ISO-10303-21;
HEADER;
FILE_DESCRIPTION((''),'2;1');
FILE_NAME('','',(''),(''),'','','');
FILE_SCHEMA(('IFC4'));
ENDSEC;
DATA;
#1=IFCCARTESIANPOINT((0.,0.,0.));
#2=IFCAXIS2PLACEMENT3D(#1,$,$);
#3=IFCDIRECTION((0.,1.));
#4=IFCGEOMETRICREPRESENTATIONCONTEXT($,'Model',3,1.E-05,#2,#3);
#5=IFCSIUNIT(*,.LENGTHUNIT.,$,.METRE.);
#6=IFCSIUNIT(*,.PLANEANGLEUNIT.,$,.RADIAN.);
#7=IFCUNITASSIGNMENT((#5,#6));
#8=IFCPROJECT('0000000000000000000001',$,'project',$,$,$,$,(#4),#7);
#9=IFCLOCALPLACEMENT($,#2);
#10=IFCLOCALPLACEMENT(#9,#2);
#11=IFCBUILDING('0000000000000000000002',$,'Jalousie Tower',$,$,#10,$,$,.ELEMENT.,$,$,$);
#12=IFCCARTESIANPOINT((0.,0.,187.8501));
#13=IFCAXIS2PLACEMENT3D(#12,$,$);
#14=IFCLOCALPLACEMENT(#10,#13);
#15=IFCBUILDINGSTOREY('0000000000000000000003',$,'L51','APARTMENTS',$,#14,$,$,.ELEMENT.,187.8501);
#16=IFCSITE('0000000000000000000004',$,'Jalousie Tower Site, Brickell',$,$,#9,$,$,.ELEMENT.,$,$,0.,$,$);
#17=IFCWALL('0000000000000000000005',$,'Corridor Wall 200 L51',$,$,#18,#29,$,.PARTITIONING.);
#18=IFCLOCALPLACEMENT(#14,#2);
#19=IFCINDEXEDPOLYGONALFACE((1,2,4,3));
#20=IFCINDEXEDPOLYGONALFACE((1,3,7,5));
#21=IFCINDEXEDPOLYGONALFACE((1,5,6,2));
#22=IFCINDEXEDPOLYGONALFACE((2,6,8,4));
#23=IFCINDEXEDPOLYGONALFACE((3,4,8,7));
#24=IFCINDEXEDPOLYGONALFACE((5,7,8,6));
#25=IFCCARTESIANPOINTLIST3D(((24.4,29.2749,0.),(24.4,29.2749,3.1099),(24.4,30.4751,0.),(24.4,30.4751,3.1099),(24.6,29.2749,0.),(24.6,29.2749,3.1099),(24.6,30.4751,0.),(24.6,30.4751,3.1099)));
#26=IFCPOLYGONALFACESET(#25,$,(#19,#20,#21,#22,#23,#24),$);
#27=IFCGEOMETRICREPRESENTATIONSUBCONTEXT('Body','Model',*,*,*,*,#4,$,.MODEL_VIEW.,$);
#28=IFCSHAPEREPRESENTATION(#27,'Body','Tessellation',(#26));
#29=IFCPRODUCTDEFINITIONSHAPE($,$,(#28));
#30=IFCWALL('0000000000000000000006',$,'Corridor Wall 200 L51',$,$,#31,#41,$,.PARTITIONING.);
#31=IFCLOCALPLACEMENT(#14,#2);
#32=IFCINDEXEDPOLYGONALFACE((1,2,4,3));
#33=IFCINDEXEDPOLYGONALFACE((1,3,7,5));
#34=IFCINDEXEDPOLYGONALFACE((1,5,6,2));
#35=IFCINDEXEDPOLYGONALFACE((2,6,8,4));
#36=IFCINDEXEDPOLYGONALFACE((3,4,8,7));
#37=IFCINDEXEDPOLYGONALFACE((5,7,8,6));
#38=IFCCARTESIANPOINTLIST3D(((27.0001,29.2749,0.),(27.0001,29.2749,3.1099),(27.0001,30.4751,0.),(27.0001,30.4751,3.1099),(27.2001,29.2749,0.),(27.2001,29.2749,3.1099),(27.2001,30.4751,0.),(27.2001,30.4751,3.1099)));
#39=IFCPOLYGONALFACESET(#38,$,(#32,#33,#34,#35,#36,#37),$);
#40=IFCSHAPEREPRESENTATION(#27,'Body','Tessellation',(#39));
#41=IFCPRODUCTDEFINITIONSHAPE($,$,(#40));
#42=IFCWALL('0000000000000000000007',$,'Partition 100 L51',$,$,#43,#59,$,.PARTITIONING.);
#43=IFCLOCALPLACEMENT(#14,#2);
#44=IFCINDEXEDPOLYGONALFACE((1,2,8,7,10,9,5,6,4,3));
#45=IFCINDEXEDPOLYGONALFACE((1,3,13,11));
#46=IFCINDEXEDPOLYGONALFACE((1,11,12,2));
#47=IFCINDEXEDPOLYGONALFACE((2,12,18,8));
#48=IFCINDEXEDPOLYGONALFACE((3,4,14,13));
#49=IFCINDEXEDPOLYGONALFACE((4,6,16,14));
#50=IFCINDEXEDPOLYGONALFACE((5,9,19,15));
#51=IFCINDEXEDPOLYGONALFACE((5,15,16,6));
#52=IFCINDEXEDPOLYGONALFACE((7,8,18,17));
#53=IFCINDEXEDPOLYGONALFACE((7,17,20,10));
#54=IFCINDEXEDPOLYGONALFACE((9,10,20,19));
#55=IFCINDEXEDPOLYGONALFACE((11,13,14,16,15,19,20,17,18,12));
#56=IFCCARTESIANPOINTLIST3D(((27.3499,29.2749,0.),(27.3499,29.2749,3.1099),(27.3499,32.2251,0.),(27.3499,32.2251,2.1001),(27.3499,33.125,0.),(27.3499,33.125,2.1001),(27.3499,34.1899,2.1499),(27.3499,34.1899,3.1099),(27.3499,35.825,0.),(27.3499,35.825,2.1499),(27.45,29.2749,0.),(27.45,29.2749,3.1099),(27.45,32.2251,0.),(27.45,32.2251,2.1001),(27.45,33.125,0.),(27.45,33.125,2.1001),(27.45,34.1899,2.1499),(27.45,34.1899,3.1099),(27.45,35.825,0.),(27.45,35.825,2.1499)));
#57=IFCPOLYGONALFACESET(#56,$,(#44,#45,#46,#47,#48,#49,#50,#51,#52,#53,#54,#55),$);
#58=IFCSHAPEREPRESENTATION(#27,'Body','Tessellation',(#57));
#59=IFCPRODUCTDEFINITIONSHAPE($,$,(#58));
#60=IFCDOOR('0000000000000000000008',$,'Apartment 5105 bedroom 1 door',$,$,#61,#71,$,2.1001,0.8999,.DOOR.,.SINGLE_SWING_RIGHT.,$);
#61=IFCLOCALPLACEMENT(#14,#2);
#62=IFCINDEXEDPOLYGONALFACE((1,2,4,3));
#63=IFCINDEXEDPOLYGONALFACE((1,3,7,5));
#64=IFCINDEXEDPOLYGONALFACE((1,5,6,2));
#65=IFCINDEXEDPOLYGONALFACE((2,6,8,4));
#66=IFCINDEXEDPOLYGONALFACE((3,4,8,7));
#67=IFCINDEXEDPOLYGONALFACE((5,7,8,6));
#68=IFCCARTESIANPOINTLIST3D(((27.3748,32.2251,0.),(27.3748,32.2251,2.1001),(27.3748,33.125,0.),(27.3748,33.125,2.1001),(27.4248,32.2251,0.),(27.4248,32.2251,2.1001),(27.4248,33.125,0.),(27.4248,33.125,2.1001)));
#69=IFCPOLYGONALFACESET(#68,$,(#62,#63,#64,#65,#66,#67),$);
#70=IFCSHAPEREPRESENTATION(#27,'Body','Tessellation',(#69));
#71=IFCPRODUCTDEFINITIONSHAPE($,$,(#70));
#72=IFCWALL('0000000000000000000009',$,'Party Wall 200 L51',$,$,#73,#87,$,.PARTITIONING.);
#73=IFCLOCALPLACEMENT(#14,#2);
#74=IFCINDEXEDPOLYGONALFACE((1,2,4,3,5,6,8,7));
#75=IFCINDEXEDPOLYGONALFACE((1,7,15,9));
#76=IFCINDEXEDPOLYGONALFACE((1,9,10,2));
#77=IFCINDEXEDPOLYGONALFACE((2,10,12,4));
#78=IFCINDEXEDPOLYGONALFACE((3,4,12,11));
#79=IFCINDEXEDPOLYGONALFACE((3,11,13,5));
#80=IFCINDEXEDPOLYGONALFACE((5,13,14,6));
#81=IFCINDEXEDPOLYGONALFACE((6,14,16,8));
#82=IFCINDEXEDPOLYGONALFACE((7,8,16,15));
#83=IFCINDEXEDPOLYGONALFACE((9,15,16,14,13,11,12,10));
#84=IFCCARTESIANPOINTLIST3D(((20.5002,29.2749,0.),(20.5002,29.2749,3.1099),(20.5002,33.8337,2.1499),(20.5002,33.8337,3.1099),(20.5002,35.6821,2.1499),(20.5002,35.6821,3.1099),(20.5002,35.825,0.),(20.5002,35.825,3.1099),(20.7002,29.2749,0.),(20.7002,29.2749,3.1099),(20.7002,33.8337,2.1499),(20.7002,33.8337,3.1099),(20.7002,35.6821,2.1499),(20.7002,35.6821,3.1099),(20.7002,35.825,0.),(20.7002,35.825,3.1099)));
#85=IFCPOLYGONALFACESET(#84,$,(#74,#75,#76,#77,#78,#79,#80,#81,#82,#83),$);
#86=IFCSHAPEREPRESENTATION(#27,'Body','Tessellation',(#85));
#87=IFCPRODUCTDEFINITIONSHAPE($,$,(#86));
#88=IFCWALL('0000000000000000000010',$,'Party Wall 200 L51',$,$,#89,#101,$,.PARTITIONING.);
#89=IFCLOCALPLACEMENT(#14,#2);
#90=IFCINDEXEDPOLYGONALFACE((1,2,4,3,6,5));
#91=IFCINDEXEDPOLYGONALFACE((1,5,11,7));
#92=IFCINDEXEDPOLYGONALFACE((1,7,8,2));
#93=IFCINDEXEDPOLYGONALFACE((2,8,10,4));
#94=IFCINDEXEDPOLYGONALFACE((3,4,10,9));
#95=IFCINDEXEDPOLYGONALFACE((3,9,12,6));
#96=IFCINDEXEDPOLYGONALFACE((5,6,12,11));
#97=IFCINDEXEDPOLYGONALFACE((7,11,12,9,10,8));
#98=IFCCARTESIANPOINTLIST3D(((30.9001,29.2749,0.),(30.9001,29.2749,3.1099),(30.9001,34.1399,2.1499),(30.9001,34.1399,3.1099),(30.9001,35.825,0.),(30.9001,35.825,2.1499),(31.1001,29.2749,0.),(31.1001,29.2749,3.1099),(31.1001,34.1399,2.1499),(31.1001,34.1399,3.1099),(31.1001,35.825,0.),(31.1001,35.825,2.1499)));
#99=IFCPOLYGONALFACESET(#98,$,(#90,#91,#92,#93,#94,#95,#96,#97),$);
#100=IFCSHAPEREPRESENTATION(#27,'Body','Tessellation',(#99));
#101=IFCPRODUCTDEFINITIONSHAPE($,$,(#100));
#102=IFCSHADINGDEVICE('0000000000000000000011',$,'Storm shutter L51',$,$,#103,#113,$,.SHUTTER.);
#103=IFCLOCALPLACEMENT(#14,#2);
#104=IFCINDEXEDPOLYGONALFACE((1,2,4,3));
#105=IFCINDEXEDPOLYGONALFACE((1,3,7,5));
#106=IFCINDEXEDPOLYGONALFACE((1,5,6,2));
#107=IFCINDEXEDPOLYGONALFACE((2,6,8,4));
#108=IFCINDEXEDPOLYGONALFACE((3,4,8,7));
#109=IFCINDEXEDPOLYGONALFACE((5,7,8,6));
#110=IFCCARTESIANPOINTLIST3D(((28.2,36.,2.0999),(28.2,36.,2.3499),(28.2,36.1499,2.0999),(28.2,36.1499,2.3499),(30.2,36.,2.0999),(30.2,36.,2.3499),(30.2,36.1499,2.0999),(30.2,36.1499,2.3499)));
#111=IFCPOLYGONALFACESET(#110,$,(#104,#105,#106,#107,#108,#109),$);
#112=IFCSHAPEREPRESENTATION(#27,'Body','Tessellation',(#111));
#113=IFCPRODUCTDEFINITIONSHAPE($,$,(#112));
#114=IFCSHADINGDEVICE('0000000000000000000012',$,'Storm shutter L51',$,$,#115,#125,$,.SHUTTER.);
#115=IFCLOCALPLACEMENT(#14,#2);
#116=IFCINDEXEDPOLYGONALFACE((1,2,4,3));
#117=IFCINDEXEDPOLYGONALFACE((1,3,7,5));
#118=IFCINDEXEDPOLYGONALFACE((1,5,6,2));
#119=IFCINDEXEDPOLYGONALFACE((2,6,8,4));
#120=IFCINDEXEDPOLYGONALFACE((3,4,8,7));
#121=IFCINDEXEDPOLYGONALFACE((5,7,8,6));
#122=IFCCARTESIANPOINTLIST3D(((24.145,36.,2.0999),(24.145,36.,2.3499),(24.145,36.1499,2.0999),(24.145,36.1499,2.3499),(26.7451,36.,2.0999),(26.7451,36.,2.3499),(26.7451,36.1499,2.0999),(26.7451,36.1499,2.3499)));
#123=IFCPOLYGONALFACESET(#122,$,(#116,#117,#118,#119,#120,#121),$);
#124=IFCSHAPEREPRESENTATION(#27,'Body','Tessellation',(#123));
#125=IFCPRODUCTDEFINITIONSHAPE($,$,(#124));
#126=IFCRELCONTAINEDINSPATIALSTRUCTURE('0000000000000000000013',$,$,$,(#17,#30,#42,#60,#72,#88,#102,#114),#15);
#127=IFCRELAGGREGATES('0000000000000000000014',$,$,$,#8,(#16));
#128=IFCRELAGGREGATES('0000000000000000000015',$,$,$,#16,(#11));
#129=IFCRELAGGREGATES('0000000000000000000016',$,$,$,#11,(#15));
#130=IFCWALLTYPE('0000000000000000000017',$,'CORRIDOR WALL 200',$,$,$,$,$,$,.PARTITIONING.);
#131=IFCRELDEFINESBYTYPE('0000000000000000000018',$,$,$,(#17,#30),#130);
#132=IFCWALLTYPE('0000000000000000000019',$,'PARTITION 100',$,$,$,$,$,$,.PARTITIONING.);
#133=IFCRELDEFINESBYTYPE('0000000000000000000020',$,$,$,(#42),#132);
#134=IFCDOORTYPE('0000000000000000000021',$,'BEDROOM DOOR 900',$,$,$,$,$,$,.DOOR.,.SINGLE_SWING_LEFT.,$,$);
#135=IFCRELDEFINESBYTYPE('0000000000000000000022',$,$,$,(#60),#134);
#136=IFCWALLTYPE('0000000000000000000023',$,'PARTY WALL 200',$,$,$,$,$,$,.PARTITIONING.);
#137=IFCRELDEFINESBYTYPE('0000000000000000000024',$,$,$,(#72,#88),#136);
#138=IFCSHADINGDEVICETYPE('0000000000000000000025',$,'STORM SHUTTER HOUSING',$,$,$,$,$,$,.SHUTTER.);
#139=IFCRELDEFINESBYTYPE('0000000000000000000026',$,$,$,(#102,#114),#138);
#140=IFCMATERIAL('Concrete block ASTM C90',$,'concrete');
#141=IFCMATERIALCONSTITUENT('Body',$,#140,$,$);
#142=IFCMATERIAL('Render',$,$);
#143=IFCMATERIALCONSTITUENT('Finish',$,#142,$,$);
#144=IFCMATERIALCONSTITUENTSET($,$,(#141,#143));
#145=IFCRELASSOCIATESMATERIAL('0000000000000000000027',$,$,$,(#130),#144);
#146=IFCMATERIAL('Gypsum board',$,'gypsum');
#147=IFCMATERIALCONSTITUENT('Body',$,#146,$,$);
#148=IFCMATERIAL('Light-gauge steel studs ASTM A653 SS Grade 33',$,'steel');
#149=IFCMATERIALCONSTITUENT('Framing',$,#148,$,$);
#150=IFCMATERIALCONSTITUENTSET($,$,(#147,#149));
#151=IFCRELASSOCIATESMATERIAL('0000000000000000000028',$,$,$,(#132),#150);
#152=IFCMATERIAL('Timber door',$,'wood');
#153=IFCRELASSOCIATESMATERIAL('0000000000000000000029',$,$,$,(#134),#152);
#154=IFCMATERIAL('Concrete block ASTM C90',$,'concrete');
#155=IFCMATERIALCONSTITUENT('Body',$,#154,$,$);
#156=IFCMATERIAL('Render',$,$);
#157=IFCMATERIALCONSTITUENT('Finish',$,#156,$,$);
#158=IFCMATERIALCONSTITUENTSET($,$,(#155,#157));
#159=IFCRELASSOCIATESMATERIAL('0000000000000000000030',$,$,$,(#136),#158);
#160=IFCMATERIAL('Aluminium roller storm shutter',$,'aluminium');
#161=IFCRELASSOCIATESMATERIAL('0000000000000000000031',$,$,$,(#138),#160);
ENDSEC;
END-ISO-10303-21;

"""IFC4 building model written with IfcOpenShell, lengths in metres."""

from ifc_helpers import new_model, si_unit, direction, frame, frame_2d, origin, origin_2d, place, context, subcontext, project, spatial, polyline, rectangle, outline, extrude, material, constituent, constituent_set, type_object, element, fill, save


model = new_model("IFC4")

# Units and contexts
model_context = context("Model", 3, precision=1e-05, world=origin(), true_north=direction((0.0, 1.0)))
body_context = subcontext(model_context, "Body", "Model", "MODEL_VIEW")
ifc_project = project(units=[si_unit("LENGTHUNIT", "METRE"), si_unit("PLANEANGLEUNIT", "RADIAN")], contexts=[model_context])

# Site, building, storey
site_placement = place(None, origin())
site = spatial("IfcSite", under=ifc_project, at=site_placement, Name="Jalousie Tower Site, Brickell", CompositionType="ELEMENT", RefElevation=0.0)
building_placement = place(site_placement, origin())
building = spatial("IfcBuilding", under=site, at=building_placement, Name="Jalousie Tower", CompositionType="ELEMENT")
storey_placement = place(building_placement, frame((0.0, 0.0, 187.8501)))
storey = spatial("IfcBuildingStorey", under=building, at=storey_placement, Name="L51", Description="APARTMENTS", CompositionType="ELEMENT", Elevation=187.8501)

# Shared definitions
ifc_material_1 = material(Name="Concrete block ASTM C90", Category="concrete")
ifc_constituent_1 = constituent(ifc_material_1, Name="Body")
ifc_material_2 = material(Name="Render")
ifc_constituent_2 = constituent(ifc_material_2, Name="Finish")
ifc_constituent_set_1 = constituent_set(constituents=[ifc_constituent_1, ifc_constituent_2])
wall_type_1 = type_object("IfcWallType", Name="CORRIDOR WALL 200", PredefinedType="PARTITIONING", material=ifc_constituent_set_1)

# Walls
for number, where, z_axis, x_axis, name in (
    (1, (24.5, 29.2749, 0.0), (0.0, 0.0, 1.0), (0.0, 1.0, 0.0), "Corridor Wall 200 L51"),
    (2, (27.1001, 29.2749, 0.0), (0.0, 0.0, 1.0), (0.0, 1.0, 0.0), "Corridor Wall 200 L51"),
):
    element("IfcWall", number, at=place(storey_placement, frame(where, z_axis=z_axis, x_axis=x_axis)), inside=storey, type_object=wall_type_1, Name=name, PredefinedType="PARTITIONING", context=body_context, shape_type="SweptSolid", body=[
        extrude(rectangle(XDim=1.2002, YDim=0.2, at=frame_2d((0.6001, 0.0))), origin(), (0.0, 0.0, 1.0), 3.1099),
    ])

# Wall, opening, door
ifc_material_3 = material(Name="Gypsum board", Category="gypsum")
ifc_constituent_3 = constituent(ifc_material_3, Name="Body")
ifc_material_4 = material(Name="Light-gauge steel studs ASTM A653 SS Grade 33", Category="steel")
ifc_constituent_4 = constituent(ifc_material_4, Name="Framing")
ifc_constituent_set_2 = constituent_set(constituents=[ifc_constituent_3, ifc_constituent_4])
wall_type_2 = type_object("IfcWallType", Name="PARTITION 100", PredefinedType="PARTITIONING", material=ifc_constituent_set_2)
wall_1_placement = place(storey_placement, frame((27.3999, 35.825, 0.0), z_axis=(0.0, 0.0, 1.0), x_axis=(0.0, -1.0, 0.0)))
wall_1 = element("IfcWall", 3, at=wall_1_placement, inside=storey, type_object=wall_type_2, Name="Partition 100 L51", PredefinedType="PARTITIONING", context=body_context, shape_type="SweptSolid", body=[
    extrude(outline(polyline([(0.0, 0.0), (6.55, 0.0), (6.55, 3.1099), (1.635, 3.1099), (1.635, 2.1499), (0.0, 2.1499), (0.0, 3.1099), (0.0, 0.0)])), frame((0.0, 0.05, 0.0), z_axis=(0.0, -1.0, 0.0), x_axis=(1.0, 0.0, 0.0)), (0.0, 0.0, 1.0), 0.1001),
])
opening_1_placement = place(wall_1_placement, frame((2.7, 0.0, 0.0)))
opening_1 = element("IfcOpeningElement", 4, at=opening_1_placement, cuts=wall_1, PredefinedType="OPENING", context=body_context, shape_type="SweptSolid", body=[
    extrude(rectangle(XDim=0.8999, YDim=2.1001, at=frame_2d((0.45, 1.05))), frame((0.0, 0.0601, 0.0), z_axis=(0.0, -1.0, 0.0), x_axis=(1.0, 0.0, 0.0)), (0.0, 0.0, 1.0), 0.1201),
])
ifc_material_5 = material(Name="Timber door", Category="wood")
door_type_1 = type_object("IfcDoorType", Name="BEDROOM DOOR 900", OperationType="SINGLE_SWING_LEFT", PredefinedType="DOOR", material=ifc_material_5)
door_1_placement = place(opening_1_placement, origin())
door_1 = element("IfcDoor", 5, at=door_1_placement, inside=storey, type_object=door_type_1, Name="Apartment 5105 bedroom 1 door", OperationType="SINGLE_SWING_RIGHT", OverallHeight=2.1001, OverallWidth=0.8999, PredefinedType="DOOR", context=body_context, shape_type="SweptSolid", body=[
    extrude(rectangle(XDim=0.8999, YDim=2.1001, at=frame_2d((0.45, 1.05))), frame((0.0, 0.0249, 0.0), z_axis=(0.0, -1.0, 0.0), x_axis=(1.0, 0.0, 0.0)), (0.0, 0.0, 1.0), 0.05),
])
fill(opening_1, door_1)

# Walls
ifc_material_6 = material(Name="Concrete block ASTM C90", Category="concrete")
ifc_constituent_5 = constituent(ifc_material_6, Name="Body")
ifc_material_7 = material(Name="Render")
ifc_constituent_6 = constituent(ifc_material_7, Name="Finish")
ifc_constituent_set_3 = constituent_set(constituents=[ifc_constituent_5, ifc_constituent_6])
wall_type_3 = type_object("IfcWallType", Name="PARTY WALL 200", PredefinedType="PARTITIONING", material=ifc_constituent_set_3)
wall_2_placement = place(storey_placement, frame((20.6001, 35.825, 0.0), z_axis=(0.0, 0.0, 1.0), x_axis=(0.0, -1.0, 0.0)))
element("IfcWall", 6, at=wall_2_placement, inside=storey, type_object=wall_type_3, Name="Party Wall 200 L51", PredefinedType="PARTITIONING", context=body_context, shape_type="SweptSolid", body=[
    extrude(outline(polyline([(0.0, 0.0), (6.55, 0.0), (6.55, 3.1099), (1.9912, 3.1099), (1.9912, 2.1499), (0.1428, 2.1499), (0.1428, 3.1099), (0.0, 3.1099), (0.0, 0.0)])), frame((0.0, 0.1001, 0.0), z_axis=(0.0, -1.0, 0.0), x_axis=(1.0, 0.0, 0.0)), (0.0, 0.0, 1.0), 0.2),
])
wall_3_placement = place(storey_placement, frame((31.0, 35.825, 0.0), z_axis=(0.0, 0.0, 1.0), x_axis=(0.0, -1.0, 0.0)))
element("IfcWall", 7, at=wall_3_placement, inside=storey, type_object=wall_type_3, Name="Party Wall 200 L51", PredefinedType="PARTITIONING", context=body_context, shape_type="SweptSolid", body=[
    extrude(outline(polyline([(0.0, 0.0), (6.55, 0.0), (6.55, 3.1099), (1.6851, 3.1099), (1.6851, 2.1499), (0.0, 2.1499), (0.0, 3.1099), (0.0, 0.0)])), frame((0.0, 0.1001, 0.0), z_axis=(0.0, -1.0, 0.0), x_axis=(1.0, 0.0, 0.0)), (0.0, 0.0, 1.0), 0.2),
])

# Shading devices
ifc_material_8 = material(Name="Aluminium roller storm shutter", Category="aluminium")
shading_device_type = type_object("IfcShadingDeviceType", Name="STORM SHUTTER HOUSING", PredefinedType="SHUTTER", material=ifc_material_8)
shading_device_1_placement = place(storey_placement, frame((29.2, 36.075, 2.0999), z_axis=(0.0, 0.0, 1.0), x_axis=(-1.0, 0.0, 0.0)))
element("IfcShadingDevice", 8, at=shading_device_1_placement, inside=storey, type_object=shading_device_type, Name="Storm shutter L51", PredefinedType="SHUTTER", context=body_context, shape_type="SweptSolid", body=[
    extrude(rectangle(XDim=2.0, YDim=0.1499, at=origin_2d()), origin(), (0.0, 0.0, 1.0), 0.25),
])
shading_device_2_placement = place(storey_placement, frame((25.4451, 36.075, 2.0999), z_axis=(0.0, 0.0, 1.0), x_axis=(-1.0, 0.0, 0.0)))
element("IfcShadingDevice", 9, at=shading_device_2_placement, inside=storey, type_object=shading_device_type, Name="Storm shutter L51", PredefinedType="SHUTTER", context=body_context, shape_type="SweptSolid", body=[
    extrude(rectangle(XDim=2.6001, YDim=0.1499, at=origin_2d()), origin(), (0.0, 0.0, 1.0), 0.25),
])

save(model, "model.ifc")
